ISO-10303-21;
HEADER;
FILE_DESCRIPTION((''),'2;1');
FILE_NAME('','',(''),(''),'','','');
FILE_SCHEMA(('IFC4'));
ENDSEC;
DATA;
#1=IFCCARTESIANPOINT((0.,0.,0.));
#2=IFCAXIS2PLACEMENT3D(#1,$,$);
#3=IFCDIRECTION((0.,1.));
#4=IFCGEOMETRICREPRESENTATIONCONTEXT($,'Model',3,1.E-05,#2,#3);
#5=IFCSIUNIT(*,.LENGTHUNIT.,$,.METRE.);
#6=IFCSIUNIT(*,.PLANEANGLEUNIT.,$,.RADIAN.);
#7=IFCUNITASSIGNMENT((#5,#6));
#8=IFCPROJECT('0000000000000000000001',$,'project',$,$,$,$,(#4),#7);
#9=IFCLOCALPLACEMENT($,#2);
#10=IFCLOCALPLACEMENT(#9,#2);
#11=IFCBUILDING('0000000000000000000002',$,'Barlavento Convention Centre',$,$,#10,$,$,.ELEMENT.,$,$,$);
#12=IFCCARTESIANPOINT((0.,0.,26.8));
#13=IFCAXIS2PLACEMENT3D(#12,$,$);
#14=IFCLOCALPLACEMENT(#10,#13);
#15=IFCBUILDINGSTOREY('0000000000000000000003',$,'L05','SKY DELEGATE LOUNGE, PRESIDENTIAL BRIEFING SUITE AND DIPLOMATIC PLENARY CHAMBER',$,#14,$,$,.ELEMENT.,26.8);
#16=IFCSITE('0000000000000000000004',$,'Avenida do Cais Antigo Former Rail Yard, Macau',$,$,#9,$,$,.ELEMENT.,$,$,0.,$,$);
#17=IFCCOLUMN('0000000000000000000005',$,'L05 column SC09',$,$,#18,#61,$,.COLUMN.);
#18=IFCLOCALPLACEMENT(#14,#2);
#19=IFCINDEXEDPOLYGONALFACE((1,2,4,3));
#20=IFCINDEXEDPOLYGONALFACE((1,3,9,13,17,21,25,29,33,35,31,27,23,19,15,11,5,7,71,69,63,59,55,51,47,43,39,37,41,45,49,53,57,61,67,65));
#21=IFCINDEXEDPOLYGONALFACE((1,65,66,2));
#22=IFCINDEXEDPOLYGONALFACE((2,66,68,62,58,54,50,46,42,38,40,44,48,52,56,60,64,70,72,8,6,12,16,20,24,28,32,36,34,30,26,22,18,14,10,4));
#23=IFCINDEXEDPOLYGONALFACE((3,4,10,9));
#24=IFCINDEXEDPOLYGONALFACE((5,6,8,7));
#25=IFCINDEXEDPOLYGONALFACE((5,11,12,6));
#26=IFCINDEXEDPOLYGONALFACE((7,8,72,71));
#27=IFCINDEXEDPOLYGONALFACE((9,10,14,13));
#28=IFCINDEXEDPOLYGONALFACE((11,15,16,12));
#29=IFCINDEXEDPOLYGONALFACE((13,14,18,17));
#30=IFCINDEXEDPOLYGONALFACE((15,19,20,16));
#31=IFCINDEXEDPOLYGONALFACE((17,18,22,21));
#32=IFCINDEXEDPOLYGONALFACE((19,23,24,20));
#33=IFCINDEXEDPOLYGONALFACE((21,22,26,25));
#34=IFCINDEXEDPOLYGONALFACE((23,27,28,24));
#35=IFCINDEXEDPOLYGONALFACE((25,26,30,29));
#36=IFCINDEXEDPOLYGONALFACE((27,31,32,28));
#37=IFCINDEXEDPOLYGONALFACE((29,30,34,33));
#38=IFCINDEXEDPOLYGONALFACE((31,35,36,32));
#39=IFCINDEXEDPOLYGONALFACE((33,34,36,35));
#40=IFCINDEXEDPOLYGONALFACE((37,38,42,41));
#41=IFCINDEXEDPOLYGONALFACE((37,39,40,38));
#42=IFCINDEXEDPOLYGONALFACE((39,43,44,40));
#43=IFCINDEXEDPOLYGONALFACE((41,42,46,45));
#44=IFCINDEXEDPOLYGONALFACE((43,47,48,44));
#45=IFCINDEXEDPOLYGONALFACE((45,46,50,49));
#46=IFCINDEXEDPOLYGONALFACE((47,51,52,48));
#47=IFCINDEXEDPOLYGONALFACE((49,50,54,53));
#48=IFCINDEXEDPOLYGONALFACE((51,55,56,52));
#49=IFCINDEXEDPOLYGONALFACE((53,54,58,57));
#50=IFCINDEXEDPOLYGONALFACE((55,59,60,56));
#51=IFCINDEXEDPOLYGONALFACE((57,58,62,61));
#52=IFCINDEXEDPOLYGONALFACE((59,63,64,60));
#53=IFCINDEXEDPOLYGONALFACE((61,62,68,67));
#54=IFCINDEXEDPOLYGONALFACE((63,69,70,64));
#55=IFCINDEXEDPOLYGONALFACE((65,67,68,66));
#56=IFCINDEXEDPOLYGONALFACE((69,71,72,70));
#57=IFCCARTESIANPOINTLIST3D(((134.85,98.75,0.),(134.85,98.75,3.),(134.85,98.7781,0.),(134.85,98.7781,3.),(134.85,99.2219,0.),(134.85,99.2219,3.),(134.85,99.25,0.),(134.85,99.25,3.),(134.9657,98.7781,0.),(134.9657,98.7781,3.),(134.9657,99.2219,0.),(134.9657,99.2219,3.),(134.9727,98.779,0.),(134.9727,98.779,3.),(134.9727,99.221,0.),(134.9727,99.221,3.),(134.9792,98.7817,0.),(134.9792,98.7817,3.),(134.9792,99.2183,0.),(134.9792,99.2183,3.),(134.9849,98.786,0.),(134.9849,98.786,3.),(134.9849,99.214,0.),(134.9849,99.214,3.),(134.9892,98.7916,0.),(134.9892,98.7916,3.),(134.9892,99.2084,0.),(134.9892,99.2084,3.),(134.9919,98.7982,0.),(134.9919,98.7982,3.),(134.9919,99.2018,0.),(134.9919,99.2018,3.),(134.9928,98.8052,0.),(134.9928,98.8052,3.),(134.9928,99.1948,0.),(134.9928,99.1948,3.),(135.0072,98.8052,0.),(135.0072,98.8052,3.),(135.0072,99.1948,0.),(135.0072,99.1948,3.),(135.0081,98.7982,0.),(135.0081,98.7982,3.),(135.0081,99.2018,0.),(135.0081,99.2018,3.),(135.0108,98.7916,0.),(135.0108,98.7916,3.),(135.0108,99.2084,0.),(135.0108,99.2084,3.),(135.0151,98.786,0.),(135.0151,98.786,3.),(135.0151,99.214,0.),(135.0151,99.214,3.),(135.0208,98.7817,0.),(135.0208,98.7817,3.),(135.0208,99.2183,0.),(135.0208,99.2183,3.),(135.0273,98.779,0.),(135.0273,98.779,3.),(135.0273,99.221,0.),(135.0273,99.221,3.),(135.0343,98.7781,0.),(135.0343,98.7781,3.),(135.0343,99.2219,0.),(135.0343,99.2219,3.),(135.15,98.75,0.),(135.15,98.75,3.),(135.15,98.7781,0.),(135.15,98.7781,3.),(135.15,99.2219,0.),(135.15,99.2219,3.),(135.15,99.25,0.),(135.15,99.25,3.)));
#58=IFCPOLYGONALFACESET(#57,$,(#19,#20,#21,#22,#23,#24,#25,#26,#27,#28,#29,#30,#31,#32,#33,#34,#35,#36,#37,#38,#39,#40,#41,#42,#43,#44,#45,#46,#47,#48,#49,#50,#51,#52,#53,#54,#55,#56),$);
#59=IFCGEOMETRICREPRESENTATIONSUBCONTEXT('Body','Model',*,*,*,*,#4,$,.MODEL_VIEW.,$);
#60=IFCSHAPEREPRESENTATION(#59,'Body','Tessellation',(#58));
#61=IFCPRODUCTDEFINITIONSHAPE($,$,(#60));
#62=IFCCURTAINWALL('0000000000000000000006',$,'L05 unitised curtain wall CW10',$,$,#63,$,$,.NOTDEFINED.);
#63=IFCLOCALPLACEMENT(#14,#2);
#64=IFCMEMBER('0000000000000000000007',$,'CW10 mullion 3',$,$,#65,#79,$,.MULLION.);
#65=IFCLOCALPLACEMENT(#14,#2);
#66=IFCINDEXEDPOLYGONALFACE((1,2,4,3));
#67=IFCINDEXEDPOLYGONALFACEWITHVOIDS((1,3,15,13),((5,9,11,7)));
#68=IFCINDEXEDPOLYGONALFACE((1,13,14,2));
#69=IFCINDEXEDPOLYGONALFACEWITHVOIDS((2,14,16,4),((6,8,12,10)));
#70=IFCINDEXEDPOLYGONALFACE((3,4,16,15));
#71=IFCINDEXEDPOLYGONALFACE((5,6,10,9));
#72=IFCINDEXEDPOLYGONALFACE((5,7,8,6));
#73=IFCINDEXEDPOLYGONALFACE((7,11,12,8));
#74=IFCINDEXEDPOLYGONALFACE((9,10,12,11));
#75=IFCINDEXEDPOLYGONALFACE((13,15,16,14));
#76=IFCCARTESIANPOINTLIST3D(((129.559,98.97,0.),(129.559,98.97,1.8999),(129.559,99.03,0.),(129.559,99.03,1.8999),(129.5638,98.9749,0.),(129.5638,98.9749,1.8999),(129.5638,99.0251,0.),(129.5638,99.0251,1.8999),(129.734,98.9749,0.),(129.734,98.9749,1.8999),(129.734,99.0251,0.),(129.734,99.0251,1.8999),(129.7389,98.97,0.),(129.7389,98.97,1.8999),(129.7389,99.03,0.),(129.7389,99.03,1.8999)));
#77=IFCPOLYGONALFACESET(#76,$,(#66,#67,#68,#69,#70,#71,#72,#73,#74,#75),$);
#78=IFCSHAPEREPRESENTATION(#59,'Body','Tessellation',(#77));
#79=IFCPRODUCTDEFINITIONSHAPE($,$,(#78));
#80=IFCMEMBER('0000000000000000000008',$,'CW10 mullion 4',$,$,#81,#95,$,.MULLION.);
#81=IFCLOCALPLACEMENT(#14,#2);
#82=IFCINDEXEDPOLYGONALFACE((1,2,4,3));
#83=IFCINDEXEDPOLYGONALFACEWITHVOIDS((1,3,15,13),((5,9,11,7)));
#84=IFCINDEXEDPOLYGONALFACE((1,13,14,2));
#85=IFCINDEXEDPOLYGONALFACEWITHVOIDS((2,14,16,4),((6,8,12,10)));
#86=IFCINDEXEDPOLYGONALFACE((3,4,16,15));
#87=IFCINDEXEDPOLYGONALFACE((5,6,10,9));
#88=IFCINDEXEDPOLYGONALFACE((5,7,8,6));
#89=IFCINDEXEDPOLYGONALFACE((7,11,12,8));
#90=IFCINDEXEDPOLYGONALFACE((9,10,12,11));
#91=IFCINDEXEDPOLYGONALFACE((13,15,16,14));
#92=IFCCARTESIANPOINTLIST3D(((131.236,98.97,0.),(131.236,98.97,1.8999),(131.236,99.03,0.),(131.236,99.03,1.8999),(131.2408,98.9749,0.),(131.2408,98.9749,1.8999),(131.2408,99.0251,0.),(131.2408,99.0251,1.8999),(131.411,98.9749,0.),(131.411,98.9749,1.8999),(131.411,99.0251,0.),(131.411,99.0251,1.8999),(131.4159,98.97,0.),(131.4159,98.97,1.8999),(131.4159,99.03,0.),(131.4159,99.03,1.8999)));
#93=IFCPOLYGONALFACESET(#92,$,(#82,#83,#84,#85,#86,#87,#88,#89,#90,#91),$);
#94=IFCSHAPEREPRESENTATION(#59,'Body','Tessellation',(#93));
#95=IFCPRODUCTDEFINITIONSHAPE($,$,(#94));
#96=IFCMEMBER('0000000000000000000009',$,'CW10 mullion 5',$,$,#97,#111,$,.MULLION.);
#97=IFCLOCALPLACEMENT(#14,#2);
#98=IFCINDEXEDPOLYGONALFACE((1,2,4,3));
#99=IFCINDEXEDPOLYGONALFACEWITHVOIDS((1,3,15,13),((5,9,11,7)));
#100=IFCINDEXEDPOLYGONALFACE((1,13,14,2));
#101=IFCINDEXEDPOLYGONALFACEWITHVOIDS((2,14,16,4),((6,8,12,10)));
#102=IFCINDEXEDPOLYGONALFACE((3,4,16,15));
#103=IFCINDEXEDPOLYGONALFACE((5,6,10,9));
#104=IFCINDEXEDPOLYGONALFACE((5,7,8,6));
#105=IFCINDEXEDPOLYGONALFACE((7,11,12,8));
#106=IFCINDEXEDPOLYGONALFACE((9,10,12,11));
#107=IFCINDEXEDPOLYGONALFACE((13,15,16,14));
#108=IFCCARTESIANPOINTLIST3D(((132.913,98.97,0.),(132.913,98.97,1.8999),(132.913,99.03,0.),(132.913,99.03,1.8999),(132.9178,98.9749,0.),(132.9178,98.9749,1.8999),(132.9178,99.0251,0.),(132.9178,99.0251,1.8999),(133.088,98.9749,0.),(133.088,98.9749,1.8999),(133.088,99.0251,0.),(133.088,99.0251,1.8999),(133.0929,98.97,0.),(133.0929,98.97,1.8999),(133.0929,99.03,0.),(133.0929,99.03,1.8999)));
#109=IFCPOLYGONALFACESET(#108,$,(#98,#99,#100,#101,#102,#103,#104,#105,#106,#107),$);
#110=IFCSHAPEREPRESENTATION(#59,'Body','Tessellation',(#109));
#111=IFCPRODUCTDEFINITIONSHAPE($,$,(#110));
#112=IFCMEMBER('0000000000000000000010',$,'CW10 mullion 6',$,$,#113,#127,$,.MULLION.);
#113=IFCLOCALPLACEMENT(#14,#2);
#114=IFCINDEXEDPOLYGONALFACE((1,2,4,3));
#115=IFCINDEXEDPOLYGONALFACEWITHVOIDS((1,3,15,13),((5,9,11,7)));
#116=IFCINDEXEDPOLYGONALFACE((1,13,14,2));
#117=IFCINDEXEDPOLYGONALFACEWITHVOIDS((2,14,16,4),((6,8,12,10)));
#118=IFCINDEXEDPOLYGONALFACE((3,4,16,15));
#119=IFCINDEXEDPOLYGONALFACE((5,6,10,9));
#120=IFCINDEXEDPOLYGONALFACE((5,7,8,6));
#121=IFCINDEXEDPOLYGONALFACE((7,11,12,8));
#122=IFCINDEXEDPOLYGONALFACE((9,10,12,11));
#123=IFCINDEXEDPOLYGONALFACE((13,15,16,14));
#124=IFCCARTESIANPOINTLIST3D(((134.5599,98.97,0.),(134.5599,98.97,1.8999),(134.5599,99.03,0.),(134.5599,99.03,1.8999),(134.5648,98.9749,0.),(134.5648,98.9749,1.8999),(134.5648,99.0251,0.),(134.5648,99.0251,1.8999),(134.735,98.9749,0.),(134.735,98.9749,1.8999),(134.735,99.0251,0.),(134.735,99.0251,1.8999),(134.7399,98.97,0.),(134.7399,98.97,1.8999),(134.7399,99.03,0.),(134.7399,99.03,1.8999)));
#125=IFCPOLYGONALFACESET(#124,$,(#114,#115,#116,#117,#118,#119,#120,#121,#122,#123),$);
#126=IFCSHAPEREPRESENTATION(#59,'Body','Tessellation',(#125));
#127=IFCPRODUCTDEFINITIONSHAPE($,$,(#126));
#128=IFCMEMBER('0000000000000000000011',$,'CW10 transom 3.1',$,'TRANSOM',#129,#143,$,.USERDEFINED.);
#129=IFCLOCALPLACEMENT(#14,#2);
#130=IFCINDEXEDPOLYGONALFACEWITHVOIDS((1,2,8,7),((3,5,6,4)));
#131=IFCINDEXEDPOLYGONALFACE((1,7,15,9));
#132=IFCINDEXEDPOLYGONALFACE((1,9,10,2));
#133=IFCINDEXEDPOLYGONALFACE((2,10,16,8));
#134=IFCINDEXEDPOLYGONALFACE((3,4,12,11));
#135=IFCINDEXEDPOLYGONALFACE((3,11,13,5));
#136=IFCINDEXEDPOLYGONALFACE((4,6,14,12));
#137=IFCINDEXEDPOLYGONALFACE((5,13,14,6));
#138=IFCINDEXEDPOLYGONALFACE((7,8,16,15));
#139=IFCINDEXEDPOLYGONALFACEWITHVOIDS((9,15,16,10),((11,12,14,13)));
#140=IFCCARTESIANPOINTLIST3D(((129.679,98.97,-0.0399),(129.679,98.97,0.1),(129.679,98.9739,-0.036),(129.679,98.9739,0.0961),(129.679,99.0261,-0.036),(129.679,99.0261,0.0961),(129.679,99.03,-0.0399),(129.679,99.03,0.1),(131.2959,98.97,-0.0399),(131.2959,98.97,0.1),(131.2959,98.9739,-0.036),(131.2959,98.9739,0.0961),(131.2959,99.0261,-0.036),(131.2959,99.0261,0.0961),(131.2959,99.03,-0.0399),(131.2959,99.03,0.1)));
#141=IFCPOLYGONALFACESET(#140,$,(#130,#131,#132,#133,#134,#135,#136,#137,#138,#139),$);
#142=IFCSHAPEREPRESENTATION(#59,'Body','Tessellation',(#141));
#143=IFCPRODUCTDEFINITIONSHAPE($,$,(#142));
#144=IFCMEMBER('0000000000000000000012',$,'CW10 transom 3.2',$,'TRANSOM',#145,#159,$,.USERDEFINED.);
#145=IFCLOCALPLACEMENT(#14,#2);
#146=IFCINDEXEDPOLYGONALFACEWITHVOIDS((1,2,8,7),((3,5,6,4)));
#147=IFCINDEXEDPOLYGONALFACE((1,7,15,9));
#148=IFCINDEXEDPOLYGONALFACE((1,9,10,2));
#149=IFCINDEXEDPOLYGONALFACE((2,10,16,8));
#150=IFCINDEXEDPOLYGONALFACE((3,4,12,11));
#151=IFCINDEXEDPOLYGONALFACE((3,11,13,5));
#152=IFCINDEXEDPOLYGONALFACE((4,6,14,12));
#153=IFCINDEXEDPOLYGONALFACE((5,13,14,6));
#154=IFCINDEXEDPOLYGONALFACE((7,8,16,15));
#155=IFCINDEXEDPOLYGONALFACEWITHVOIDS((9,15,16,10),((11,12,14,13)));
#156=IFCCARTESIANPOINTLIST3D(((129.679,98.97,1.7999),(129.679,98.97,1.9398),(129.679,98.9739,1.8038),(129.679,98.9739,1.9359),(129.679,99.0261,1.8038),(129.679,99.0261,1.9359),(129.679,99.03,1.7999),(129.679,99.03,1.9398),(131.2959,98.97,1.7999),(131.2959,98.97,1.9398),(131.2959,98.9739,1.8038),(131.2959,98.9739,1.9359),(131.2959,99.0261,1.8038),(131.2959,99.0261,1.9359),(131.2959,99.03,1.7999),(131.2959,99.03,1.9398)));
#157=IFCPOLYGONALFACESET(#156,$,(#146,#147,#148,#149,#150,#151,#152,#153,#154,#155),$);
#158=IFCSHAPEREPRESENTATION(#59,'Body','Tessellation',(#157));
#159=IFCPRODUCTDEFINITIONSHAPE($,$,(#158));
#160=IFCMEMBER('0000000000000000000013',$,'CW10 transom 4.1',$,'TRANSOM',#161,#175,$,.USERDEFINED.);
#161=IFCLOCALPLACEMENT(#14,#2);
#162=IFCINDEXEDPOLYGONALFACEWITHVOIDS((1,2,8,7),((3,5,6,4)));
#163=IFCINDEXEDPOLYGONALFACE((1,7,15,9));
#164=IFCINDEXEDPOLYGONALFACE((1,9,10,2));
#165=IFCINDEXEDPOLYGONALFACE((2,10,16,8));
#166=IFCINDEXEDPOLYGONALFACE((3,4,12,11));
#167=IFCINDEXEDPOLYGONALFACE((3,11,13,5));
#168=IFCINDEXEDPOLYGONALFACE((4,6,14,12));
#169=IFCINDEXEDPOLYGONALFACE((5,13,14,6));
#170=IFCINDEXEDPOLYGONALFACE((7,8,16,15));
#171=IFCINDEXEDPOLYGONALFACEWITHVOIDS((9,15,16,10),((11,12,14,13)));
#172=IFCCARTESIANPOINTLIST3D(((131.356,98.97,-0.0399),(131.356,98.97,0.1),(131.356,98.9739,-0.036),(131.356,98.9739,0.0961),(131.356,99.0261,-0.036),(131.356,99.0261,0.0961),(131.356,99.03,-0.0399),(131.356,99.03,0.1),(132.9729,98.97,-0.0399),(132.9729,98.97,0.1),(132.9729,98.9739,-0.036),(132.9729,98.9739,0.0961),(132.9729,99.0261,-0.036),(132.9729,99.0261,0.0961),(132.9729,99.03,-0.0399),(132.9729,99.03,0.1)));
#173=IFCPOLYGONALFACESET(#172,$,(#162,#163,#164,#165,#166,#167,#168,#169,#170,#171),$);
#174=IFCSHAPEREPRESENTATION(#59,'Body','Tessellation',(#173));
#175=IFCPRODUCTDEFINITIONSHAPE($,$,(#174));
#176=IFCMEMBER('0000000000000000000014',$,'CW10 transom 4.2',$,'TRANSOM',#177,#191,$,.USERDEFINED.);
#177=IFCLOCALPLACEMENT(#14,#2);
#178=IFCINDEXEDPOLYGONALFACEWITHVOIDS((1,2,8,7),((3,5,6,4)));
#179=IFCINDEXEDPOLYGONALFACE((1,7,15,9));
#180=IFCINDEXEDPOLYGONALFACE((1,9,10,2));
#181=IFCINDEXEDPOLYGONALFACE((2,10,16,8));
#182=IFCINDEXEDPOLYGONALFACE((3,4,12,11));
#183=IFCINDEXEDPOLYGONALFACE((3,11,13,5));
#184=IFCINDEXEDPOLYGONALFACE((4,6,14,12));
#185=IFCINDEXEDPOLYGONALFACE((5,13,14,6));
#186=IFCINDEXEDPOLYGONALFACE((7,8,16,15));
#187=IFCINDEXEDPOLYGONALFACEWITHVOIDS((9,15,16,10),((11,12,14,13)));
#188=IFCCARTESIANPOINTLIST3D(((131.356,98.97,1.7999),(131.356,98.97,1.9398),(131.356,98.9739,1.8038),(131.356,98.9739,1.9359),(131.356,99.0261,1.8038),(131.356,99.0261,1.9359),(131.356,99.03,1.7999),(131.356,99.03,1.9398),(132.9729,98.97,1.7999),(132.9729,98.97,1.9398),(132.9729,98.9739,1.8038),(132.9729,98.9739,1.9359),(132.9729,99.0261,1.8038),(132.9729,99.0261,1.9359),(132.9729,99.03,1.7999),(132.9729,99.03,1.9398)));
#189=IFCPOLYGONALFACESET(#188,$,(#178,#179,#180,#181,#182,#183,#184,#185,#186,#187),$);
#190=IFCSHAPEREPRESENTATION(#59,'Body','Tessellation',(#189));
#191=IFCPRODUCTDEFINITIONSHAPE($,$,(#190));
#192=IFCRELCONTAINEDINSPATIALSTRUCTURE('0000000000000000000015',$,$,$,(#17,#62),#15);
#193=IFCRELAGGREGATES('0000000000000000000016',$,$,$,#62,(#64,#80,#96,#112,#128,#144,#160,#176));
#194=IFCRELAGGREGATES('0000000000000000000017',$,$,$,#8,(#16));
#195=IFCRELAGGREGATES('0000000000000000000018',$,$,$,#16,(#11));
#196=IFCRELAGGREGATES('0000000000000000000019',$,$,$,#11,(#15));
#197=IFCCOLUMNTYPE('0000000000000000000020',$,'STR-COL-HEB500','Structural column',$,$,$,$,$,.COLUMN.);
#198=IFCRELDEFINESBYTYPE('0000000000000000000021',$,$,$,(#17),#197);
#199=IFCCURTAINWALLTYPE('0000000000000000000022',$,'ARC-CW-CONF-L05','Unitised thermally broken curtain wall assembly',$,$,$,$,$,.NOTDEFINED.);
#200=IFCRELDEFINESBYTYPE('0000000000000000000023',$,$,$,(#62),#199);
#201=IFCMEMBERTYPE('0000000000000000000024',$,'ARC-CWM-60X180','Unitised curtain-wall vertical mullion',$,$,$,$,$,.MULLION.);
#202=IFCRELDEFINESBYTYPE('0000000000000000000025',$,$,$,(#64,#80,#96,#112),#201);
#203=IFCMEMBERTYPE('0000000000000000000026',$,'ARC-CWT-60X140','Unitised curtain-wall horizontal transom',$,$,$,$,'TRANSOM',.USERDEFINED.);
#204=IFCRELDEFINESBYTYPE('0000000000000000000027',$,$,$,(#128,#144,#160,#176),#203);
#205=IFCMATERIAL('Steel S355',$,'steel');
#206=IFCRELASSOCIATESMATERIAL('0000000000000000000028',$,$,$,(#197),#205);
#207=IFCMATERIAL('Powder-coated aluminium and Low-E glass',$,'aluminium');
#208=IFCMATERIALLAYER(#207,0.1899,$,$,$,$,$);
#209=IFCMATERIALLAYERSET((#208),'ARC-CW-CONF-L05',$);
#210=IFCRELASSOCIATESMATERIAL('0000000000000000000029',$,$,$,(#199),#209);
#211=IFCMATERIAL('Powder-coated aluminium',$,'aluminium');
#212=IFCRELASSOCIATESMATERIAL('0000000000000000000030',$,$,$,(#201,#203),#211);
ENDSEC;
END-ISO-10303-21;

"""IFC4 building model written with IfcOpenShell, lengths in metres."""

from ifc_helpers import new_model, si_unit, direction, frame, origin, origin_2d, place, context, subcontext, project, spatial, hollow_rectangle, i_section, extrude, material, layer, layer_set, material_profile, profile_set, type_object, element, aggregate, save


model = new_model("IFC4")

# Units and contexts
model_context = context("Model", 3, precision=1e-05, world=origin(), true_north=direction((0.0, 1.0)))
body_context = subcontext(model_context, "Body", "Model", "MODEL_VIEW")
ifc_project = project(units=[si_unit("LENGTHUNIT", "METRE"), si_unit("PLANEANGLEUNIT", "RADIAN")], contexts=[model_context])

# Site, building, storey
site_placement = place(None, origin())
site = spatial("IfcSite", under=ifc_project, at=site_placement, Name="Avenida do Cais Antigo Former Rail Yard, Macau", CompositionType="ELEMENT", RefElevation=0.0)
building_placement = place(site_placement, origin())
building = spatial("IfcBuilding", under=site, at=building_placement, Name="Barlavento Convention Centre", CompositionType="ELEMENT")
storey_placement = place(building_placement, frame((0.0, 0.0, 26.8)))
storey = spatial("IfcBuildingStorey", under=building, at=storey_placement, Name="L05", Description="SKY DELEGATE LOUNGE, PRESIDENTIAL BRIEFING SUITE AND DIPLOMATIC PLENARY CHAMBER", CompositionType="ELEMENT", Elevation=26.8)

# Column
ifc_material_1 = material(Name="Steel S355", Category="steel")
ifc_material_profile_1 = material_profile(ifc_material_1, i_section(OverallWidth=0.3, OverallDepth=0.5, WebThickness=0.0144, FlangeThickness=0.0281, FilletRadius=0.0271, at=origin_2d()), Name="HEB 500")
ifc_profile_set_1 = profile_set([ifc_material_profile_1], Name="Steel S355")
column_type = type_object("IfcColumnType", Name="STR-COL-HEB500", Description="Structural column", PredefinedType="COLUMN", material=ifc_profile_set_1)
column_placement = place(storey_placement, frame((135.0, 99.0, 0.0), z_axis=(0.0, 0.0, 1.0), x_axis=(1.0, 0.0, 0.0)))
element("IfcColumn", 1, at=column_placement, inside=storey, type_object=column_type, Name="L05 column SC09", PredefinedType="COLUMN", context=body_context, shape_type="SweptSolid", body=[
    extrude(i_section(OverallWidth=0.3, OverallDepth=0.5, WebThickness=0.0144, FlangeThickness=0.0281, FilletRadius=0.0271, at=origin_2d()), origin(), (0.0, 0.0, 1.0), 3.0),
])

# Curtain wall, members
ifc_material_2 = material(Name="Powder-coated aluminium and Low-E glass", Category="aluminium")
ifc_layer_1 = layer(ifc_material_2, 0.1899)
ifc_layer_set_1 = layer_set([ifc_layer_1], Name="ARC-CW-CONF-L05")
curtain_wall_type = type_object("IfcCurtainWallType", Name="ARC-CW-CONF-L05", Description="Unitised thermally broken curtain wall assembly", PredefinedType="NOTDEFINED", material=ifc_layer_set_1)
curtain_wall_placement = place(storey_placement, origin())
curtain_wall = element("IfcCurtainWall", 2, at=curtain_wall_placement, inside=storey, type_object=curtain_wall_type, Name="L05 unitised curtain wall CW10", PredefinedType="NOTDEFINED")
ifc_material_3 = material(Name="Powder-coated aluminium", Category="aluminium")
ifc_material_profile_2 = material_profile(ifc_material_3, hollow_rectangle(XDim=0.0601, YDim=0.1799, WallThickness=0.0049, at=origin_2d()), Name="AL-MULL 60x180x5")
ifc_profile_set_2 = profile_set([ifc_material_profile_2], Name="Powder-coated aluminium")
member_type_1 = type_object("IfcMemberType", Name="ARC-CWM-60X180", Description="Unitised curtain-wall vertical mullion", PredefinedType="MULLION", material=ifc_profile_set_2)
member_1_placement = place(storey_placement, frame((129.6489, 99.0, 0.0), z_axis=(0.0, 0.0, 1.0), x_axis=(0.0, 1.0, 0.0)))
member_1 = element("IfcMember", 3, at=member_1_placement, type_object=member_type_1, Name="CW10 mullion 3", PredefinedType="MULLION", context=body_context, shape_type="SweptSolid", body=[
    extrude(hollow_rectangle(XDim=0.0601, YDim=0.1799, WallThickness=0.0049, at=origin_2d()), origin(), (0.0, 0.0, 1.0), 1.8999),
])
member_2_placement = place(storey_placement, frame((131.3259, 99.0, 0.0), z_axis=(0.0, 0.0, 1.0), x_axis=(0.0, 1.0, 0.0)))
member_2 = element("IfcMember", 4, at=member_2_placement, type_object=member_type_1, Name="CW10 mullion 4", PredefinedType="MULLION", context=body_context, shape_type="SweptSolid", body=[
    extrude(hollow_rectangle(XDim=0.0601, YDim=0.1799, WallThickness=0.0049, at=origin_2d()), origin(), (0.0, 0.0, 1.0), 1.8999),
])
member_3_placement = place(storey_placement, frame((133.0029, 99.0, 0.0), z_axis=(0.0, 0.0, 1.0), x_axis=(0.0, 1.0, 0.0)))
member_3 = element("IfcMember", 5, at=member_3_placement, type_object=member_type_1, Name="CW10 mullion 5", PredefinedType="MULLION", context=body_context, shape_type="SweptSolid", body=[
    extrude(hollow_rectangle(XDim=0.0601, YDim=0.1799, WallThickness=0.0049, at=origin_2d()), origin(), (0.0, 0.0, 1.0), 1.8999),
])
member_4_placement = place(storey_placement, frame((134.6499, 99.0, 0.0), z_axis=(0.0, 0.0, 1.0), x_axis=(0.0, 1.0, 0.0)))
member_4 = element("IfcMember", 6, at=member_4_placement, type_object=member_type_1, Name="CW10 mullion 6", PredefinedType="MULLION", context=body_context, shape_type="SweptSolid", body=[
    extrude(hollow_rectangle(XDim=0.0601, YDim=0.1799, WallThickness=0.0049, at=origin_2d()), origin(), (0.0, 0.0, 1.0), 1.8999),
])
ifc_material_profile_3 = material_profile(ifc_material_3, hollow_rectangle(XDim=0.0601, YDim=0.1399, WallThickness=0.0039, at=origin_2d()), Name="AL-TRAN 60x140x4")
ifc_profile_set_3 = profile_set([ifc_material_profile_3], Name="Powder-coated aluminium")
member_type_2 = type_object("IfcMemberType", Name="ARC-CWT-60X140", Description="Unitised curtain-wall horizontal transom", ElementType="TRANSOM", PredefinedType="USERDEFINED", material=ifc_profile_set_3)
member_5_placement = place(storey_placement, frame((129.679, 99.0, 0.03), z_axis=(1.0, 0.0, 0.0), x_axis=(0.0, 1.0, 0.0)))
member_5 = element("IfcMember", 7, at=member_5_placement, type_object=member_type_2, Name="CW10 transom 3.1", ObjectType="TRANSOM", PredefinedType="USERDEFINED", context=body_context, shape_type="SweptSolid", body=[
    extrude(hollow_rectangle(XDim=0.0601, YDim=0.1399, WallThickness=0.0039, at=origin_2d()), origin(), (0.0, 0.0, 1.0), 1.6169),
])
member_6_placement = place(storey_placement, frame((129.679, 99.0, 1.8699), z_axis=(1.0, 0.0, 0.0), x_axis=(0.0, 1.0, 0.0)))
member_6 = element("IfcMember", 8, at=member_6_placement, type_object=member_type_2, Name="CW10 transom 3.2", ObjectType="TRANSOM", PredefinedType="USERDEFINED", context=body_context, shape_type="SweptSolid", body=[
    extrude(hollow_rectangle(XDim=0.0601, YDim=0.1399, WallThickness=0.0039, at=origin_2d()), origin(), (0.0, 0.0, 1.0), 1.6169),
])
member_7_placement = place(storey_placement, frame((131.356, 99.0, 0.03), z_axis=(1.0, 0.0, 0.0), x_axis=(0.0, 1.0, 0.0)))
member_7 = element("IfcMember", 9, at=member_7_placement, type_object=member_type_2, Name="CW10 transom 4.1", ObjectType="TRANSOM", PredefinedType="USERDEFINED", context=body_context, shape_type="SweptSolid", body=[
    extrude(hollow_rectangle(XDim=0.0601, YDim=0.1399, WallThickness=0.0039, at=origin_2d()), origin(), (0.0, 0.0, 1.0), 1.6169),
])
member_8_placement = place(storey_placement, frame((131.356, 99.0, 1.8699), z_axis=(1.0, 0.0, 0.0), x_axis=(0.0, 1.0, 0.0)))
member_8 = element("IfcMember", 10, at=member_8_placement, type_object=member_type_2, Name="CW10 transom 4.2", ObjectType="TRANSOM", PredefinedType="USERDEFINED", context=body_context, shape_type="SweptSolid", body=[
    extrude(hollow_rectangle(XDim=0.0601, YDim=0.1399, WallThickness=0.0039, at=origin_2d()), origin(), (0.0, 0.0, 1.0), 1.6169),
])
aggregate(curtain_wall, [member_1, member_2, member_3, member_4, member_5, member_6, member_7, member_8])

save(model, "model.ifc")
